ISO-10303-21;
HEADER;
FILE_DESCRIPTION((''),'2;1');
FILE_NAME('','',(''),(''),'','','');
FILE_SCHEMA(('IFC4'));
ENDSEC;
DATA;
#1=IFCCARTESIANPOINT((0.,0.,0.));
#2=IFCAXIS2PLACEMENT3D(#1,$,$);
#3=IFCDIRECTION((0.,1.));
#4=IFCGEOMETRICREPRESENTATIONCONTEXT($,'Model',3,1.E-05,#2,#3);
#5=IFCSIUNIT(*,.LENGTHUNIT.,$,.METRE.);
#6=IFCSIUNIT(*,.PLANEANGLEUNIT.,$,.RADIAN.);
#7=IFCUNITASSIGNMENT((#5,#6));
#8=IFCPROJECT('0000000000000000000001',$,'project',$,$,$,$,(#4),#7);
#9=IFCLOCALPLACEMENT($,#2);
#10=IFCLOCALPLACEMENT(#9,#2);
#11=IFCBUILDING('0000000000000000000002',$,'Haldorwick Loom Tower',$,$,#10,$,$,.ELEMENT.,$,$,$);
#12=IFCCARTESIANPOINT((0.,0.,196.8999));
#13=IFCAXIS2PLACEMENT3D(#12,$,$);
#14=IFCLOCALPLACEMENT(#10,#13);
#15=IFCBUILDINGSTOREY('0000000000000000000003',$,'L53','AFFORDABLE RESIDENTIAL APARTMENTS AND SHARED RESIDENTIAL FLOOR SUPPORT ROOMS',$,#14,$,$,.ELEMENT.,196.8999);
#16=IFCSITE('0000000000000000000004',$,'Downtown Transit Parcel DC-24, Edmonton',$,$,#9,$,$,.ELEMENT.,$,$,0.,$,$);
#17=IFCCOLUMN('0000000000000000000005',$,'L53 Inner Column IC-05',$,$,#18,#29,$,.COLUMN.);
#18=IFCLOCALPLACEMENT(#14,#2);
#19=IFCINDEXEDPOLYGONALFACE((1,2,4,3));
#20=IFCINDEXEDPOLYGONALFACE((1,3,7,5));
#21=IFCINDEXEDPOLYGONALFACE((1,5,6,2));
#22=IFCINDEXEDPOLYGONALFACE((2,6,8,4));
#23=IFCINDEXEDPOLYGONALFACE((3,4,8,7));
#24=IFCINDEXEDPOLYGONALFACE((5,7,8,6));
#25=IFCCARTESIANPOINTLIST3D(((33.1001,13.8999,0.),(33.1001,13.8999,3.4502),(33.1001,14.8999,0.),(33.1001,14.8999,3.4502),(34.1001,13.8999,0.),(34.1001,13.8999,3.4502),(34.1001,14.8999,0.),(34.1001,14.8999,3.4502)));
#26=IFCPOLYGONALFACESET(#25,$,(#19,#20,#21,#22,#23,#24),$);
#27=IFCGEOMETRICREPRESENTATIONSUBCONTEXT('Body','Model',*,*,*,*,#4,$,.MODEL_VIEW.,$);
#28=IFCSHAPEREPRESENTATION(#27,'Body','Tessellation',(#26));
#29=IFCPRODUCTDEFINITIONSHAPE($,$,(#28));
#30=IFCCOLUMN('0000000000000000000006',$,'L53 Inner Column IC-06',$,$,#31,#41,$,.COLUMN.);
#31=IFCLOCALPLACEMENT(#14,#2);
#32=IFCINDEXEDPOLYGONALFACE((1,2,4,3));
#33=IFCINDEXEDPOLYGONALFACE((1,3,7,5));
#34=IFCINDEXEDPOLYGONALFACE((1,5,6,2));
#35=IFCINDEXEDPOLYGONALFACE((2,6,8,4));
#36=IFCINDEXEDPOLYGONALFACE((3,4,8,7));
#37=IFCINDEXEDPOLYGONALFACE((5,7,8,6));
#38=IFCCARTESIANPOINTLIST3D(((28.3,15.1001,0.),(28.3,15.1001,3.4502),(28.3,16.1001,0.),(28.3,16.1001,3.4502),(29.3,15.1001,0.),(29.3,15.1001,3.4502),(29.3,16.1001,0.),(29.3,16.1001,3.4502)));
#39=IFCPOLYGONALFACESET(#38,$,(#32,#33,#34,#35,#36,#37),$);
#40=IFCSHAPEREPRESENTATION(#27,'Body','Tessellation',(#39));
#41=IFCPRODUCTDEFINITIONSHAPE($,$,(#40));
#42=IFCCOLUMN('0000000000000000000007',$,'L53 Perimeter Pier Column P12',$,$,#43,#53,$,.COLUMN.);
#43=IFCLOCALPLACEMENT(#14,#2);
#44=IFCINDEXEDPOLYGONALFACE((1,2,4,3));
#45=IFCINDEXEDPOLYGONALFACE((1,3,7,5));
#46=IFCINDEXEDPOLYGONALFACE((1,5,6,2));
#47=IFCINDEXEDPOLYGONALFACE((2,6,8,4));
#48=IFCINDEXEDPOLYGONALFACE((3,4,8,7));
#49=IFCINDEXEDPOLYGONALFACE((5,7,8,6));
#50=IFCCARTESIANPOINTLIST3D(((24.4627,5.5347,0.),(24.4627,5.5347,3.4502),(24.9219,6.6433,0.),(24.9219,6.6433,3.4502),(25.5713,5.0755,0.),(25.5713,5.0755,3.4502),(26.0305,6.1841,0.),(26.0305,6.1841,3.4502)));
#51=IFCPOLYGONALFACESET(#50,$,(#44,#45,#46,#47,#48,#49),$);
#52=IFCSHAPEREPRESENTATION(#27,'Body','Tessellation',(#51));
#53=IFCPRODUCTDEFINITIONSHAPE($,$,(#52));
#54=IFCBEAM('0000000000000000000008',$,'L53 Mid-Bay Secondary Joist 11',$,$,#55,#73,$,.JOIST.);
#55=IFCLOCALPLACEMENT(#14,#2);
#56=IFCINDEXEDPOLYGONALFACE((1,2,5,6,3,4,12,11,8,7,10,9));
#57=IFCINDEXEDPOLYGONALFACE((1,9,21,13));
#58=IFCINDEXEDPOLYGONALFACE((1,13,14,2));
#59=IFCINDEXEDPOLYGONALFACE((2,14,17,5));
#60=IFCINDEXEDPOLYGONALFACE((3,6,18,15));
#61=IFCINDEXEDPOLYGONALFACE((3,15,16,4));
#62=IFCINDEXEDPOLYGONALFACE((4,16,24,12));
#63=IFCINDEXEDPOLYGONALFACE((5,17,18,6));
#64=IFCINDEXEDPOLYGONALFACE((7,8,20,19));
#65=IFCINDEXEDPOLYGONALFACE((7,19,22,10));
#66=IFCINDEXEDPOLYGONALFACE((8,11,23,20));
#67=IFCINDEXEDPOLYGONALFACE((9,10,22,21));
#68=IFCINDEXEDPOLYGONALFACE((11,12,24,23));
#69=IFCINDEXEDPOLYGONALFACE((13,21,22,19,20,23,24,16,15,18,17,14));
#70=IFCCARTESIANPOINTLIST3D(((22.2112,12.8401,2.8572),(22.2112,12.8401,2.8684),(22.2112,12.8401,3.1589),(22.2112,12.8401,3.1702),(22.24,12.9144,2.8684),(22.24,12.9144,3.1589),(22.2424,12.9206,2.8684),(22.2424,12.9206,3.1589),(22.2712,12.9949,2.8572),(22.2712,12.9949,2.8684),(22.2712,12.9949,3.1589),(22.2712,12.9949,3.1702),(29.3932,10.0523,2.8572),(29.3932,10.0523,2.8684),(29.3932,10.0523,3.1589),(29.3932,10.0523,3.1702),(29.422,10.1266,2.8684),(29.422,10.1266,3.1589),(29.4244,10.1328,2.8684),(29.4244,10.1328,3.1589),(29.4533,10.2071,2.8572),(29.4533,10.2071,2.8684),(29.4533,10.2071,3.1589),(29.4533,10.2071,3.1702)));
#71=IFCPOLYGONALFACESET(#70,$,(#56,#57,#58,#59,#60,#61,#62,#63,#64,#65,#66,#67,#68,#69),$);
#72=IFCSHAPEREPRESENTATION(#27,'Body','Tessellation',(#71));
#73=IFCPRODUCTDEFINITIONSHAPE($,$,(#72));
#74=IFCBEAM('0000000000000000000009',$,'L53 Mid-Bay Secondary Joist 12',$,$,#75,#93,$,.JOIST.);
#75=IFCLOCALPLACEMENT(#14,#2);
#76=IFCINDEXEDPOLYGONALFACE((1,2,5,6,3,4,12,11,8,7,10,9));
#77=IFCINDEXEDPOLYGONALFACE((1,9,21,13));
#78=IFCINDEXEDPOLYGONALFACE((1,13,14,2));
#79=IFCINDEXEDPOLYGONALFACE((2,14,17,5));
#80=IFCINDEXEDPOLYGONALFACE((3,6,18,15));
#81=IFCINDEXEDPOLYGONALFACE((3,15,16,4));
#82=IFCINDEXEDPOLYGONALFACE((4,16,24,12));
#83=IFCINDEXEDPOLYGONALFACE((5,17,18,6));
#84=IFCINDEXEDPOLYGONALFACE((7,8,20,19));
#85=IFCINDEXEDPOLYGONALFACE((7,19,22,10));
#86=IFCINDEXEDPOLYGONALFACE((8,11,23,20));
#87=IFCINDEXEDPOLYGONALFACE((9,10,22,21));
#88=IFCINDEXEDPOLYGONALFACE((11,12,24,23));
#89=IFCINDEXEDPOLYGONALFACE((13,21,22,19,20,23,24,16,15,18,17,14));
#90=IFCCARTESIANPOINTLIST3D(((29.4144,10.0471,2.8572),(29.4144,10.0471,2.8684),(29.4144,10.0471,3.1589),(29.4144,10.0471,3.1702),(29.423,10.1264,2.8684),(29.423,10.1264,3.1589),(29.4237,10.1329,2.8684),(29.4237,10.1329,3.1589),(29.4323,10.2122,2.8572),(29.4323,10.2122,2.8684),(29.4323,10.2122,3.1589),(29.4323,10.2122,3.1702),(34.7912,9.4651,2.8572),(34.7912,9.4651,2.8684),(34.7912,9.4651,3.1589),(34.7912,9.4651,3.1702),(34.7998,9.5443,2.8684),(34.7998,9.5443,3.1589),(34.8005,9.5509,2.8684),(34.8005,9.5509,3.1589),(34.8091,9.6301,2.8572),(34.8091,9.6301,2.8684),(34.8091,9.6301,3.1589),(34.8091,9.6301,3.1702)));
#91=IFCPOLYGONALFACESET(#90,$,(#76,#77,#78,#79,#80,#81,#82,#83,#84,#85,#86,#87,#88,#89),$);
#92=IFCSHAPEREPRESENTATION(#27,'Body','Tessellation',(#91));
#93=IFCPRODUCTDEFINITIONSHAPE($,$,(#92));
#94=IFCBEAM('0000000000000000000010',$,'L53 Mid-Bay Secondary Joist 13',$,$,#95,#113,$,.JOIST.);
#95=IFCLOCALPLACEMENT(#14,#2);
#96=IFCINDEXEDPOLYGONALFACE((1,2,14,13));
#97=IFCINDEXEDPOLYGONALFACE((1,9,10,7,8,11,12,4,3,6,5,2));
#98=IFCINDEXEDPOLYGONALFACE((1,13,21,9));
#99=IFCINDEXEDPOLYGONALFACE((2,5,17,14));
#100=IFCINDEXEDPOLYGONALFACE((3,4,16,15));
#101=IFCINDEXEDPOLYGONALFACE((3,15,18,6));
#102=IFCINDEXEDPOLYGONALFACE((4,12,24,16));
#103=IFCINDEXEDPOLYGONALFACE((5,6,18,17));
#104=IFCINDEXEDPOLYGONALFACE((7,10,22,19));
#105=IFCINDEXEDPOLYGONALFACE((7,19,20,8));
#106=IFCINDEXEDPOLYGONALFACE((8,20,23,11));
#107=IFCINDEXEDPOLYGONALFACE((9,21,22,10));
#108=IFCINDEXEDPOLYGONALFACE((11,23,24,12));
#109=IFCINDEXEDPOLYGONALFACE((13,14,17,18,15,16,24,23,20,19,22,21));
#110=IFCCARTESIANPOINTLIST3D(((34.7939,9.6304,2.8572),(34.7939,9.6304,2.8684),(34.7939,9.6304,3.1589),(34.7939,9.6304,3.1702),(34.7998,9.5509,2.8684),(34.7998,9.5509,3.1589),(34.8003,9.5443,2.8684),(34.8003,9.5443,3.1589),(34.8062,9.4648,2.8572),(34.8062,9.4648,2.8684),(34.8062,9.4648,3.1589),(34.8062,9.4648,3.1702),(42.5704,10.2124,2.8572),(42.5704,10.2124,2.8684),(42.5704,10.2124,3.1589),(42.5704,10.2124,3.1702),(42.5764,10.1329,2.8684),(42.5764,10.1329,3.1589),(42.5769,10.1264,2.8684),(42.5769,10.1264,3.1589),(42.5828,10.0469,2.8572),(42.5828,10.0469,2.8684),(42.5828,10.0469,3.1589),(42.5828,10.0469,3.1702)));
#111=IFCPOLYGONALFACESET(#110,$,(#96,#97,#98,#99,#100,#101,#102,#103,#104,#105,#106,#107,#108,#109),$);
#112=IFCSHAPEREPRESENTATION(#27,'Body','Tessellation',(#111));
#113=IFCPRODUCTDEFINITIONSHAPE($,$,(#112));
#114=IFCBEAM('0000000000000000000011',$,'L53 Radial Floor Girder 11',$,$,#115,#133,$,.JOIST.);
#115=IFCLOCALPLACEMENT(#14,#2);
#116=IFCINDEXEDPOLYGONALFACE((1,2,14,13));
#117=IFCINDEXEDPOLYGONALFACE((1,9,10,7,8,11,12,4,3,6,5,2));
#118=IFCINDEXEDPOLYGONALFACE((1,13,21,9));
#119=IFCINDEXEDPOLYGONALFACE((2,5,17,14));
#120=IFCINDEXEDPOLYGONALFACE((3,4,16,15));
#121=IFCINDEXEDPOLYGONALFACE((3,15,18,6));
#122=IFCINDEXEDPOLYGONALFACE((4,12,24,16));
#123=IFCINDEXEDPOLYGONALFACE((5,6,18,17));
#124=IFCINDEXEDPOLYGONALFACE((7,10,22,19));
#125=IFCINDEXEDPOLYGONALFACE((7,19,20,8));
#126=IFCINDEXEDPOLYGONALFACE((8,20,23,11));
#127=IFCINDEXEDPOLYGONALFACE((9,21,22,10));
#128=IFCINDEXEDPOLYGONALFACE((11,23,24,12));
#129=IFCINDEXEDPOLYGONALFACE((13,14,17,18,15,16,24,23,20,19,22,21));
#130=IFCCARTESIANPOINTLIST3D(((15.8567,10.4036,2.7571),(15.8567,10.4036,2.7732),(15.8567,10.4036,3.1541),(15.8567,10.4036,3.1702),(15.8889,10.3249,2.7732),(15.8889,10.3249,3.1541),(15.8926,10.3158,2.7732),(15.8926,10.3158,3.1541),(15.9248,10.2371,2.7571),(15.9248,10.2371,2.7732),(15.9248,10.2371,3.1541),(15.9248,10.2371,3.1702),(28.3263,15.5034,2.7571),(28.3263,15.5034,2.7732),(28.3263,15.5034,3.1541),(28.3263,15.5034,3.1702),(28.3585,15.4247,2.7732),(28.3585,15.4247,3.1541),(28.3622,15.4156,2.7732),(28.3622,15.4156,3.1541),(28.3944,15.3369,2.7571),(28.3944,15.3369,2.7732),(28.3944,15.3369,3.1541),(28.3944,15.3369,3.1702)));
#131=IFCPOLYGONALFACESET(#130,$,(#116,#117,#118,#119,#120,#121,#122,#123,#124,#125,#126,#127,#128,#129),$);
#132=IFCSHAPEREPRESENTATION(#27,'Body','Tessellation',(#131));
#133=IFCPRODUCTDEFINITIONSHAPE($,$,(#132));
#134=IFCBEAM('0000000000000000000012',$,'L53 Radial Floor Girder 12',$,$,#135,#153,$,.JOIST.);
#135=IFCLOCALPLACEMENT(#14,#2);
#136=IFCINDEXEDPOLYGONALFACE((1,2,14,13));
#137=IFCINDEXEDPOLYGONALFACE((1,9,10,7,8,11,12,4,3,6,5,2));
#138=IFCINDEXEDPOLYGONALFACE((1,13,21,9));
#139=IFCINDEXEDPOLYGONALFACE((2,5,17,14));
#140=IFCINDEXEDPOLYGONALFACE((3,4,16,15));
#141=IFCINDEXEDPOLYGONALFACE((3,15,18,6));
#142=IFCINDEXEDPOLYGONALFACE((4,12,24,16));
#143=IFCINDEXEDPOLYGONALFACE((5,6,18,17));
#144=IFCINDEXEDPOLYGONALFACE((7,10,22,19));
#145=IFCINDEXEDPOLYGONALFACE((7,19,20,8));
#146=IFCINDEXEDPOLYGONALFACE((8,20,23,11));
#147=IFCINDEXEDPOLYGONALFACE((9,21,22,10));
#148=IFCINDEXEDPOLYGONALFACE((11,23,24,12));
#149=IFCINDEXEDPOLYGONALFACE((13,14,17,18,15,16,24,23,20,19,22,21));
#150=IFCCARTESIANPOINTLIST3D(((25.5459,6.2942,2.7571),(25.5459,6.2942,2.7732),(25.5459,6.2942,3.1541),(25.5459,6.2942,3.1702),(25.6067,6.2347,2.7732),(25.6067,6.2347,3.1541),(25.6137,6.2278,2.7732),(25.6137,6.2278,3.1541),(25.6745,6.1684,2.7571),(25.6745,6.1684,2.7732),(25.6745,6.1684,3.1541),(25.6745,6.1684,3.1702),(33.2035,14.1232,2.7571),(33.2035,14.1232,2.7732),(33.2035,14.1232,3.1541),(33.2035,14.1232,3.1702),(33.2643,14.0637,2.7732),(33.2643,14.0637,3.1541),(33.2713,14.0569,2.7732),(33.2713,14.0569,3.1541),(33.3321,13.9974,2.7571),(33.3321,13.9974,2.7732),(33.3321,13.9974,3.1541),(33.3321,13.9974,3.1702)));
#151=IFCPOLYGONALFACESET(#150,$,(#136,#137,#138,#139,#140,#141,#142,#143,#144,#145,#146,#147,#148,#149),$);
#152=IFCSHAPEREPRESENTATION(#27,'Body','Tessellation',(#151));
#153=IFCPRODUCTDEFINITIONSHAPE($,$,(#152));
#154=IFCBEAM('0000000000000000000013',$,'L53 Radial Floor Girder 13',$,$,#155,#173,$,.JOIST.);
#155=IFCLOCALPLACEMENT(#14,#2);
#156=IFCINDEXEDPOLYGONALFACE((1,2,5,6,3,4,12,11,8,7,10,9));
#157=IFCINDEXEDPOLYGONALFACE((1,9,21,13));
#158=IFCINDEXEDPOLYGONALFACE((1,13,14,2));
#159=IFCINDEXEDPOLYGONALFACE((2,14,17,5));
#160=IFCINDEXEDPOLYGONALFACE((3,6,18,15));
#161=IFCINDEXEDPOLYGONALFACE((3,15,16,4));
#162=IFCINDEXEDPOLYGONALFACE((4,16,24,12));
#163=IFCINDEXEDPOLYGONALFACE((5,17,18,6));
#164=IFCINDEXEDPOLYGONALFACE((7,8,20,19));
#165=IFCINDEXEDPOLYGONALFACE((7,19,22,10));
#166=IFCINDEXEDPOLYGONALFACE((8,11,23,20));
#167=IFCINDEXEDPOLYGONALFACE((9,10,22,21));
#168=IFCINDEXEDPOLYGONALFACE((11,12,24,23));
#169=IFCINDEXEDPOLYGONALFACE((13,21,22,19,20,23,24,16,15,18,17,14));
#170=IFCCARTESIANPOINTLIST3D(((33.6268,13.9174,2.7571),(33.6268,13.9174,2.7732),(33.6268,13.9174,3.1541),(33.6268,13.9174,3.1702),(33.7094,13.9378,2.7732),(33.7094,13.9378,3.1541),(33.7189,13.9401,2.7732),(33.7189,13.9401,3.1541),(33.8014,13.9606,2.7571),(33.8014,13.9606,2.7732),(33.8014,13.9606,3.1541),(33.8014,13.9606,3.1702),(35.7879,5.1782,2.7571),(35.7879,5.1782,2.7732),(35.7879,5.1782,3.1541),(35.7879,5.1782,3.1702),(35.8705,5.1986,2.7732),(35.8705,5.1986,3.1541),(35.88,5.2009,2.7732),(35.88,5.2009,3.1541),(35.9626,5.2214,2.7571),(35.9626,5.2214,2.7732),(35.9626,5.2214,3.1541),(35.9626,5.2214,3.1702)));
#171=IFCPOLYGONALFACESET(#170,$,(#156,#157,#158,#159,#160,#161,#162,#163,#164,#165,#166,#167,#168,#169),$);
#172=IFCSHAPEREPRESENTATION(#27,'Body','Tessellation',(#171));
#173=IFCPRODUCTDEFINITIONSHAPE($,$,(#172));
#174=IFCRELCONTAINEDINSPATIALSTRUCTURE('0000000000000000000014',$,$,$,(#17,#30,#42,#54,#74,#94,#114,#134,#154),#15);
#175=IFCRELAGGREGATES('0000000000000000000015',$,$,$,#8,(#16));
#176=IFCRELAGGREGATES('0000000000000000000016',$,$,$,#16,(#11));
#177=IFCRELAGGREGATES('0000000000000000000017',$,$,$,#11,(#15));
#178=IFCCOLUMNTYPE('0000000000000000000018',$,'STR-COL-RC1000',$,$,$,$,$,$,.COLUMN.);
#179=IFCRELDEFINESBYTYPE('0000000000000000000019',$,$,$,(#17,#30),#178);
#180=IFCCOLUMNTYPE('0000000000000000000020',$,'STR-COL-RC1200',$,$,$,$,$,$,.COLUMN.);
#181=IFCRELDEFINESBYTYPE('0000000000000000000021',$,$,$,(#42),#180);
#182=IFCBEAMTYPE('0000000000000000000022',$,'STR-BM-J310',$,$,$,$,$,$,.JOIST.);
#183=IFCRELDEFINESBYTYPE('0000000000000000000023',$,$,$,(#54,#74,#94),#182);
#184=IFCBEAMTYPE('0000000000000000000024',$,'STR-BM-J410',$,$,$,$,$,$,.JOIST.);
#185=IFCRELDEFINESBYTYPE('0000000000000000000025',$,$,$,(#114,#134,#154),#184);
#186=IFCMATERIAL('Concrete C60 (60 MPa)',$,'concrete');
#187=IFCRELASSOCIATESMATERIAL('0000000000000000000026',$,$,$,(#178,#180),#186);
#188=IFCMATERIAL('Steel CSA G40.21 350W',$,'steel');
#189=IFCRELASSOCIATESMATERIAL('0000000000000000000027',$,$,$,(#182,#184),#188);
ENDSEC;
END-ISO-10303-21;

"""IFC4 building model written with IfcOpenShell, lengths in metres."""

from ifc_helpers import new_model, si_unit, direction, frame, origin, origin_2d, place, context, subcontext, project, spatial, rectangle, i_section, extrude, material, material_profile, profile_set, type_object, element, save


model = new_model("IFC4")

# Units and contexts
model_context = context("Model", 3, precision=1e-05, world=origin(), true_north=direction((0.0, 1.0)))
body_context = subcontext(model_context, "Body", "Model", "MODEL_VIEW")
ifc_project = project(units=[si_unit("LENGTHUNIT", "METRE"), si_unit("PLANEANGLEUNIT", "RADIAN")], contexts=[model_context])

# Site, building, storey
site_placement = place(None, origin())
site = spatial("IfcSite", under=ifc_project, at=site_placement, Name="Downtown Transit Parcel DC-24, Edmonton", CompositionType="ELEMENT", RefElevation=0.0)
building_placement = place(site_placement, origin())
building = spatial("IfcBuilding", under=site, at=building_placement, Name="Haldorwick Loom Tower", CompositionType="ELEMENT")
storey_placement = place(building_placement, frame((0.0, 0.0, 196.8999)))
storey = spatial("IfcBuildingStorey", under=building, at=storey_placement, Name="L53", Description="AFFORDABLE RESIDENTIAL APARTMENTS AND SHARED RESIDENTIAL FLOOR SUPPORT ROOMS", CompositionType="ELEMENT", Elevation=196.8999)

# Columns
ifc_material_1 = material(Name="Concrete C60 (60 MPa)", Category="concrete")
ifc_material_profile_1 = material_profile(ifc_material_1, rectangle(XDim=1.0, YDim=1.0, at=origin_2d()), Name="RC1000X1000", Category="concrete")
ifc_profile_set_1 = profile_set([ifc_material_profile_1], Name="Concrete C60 (60 MPa)")
column_type_1 = type_object("IfcColumnType", Name="STR-COL-RC1000", PredefinedType="COLUMN", material=ifc_profile_set_1)
for number, where, z_axis, x_axis, name in (
    (1, (33.6001, 14.3999, 0.0), (0.0, 0.0, 1.0), (1.0, 0.0, 0.0), "L53 Inner Column IC-05"),
    (2, (28.8, 15.6001, 0.0), (0.0, 0.0, 1.0), (1.0, 0.0, 0.0), "L53 Inner Column IC-06"),
):
    element("IfcColumn", number, at=place(storey_placement, frame(where, z_axis=z_axis, x_axis=x_axis)), inside=storey, type_object=column_type_1, Name=name, PredefinedType="COLUMN", context=body_context, shape_type="SweptSolid", body=[
        extrude(rectangle(XDim=1.0, YDim=1.0, at=origin_2d()), origin(), (0.0, 0.0, 1.0), 3.4502),
    ])
ifc_material_profile_2 = material_profile(ifc_material_1, rectangle(XDim=1.2, YDim=1.2, at=origin_2d()), Name="RC1200X1200", Category="concrete")
ifc_profile_set_2 = profile_set([ifc_material_profile_2], Name="Concrete C60 (60 MPa)")
column_type_2 = type_object("IfcColumnType", Name="STR-COL-RC1200", PredefinedType="COLUMN", material=ifc_profile_set_2)
column_placement = place(storey_placement, frame((25.2466, 5.8594, 0.0), z_axis=(0.0, 0.0, 1.0), x_axis=(-0.382683, -0.92388, 0.0)))
element("IfcColumn", 3, at=column_placement, inside=storey, type_object=column_type_2, Name="L53 Perimeter Pier Column P12", PredefinedType="COLUMN", context=body_context, shape_type="SweptSolid", body=[
    extrude(rectangle(XDim=1.2, YDim=1.2, at=origin_2d()), origin(), (0.0, 0.0, 1.0), 3.4502),
])

# Beams
ifc_material_2 = material(Name="Steel CSA G40.21 350W", Category="steel")
ifc_material_profile_3 = material_profile(ifc_material_2, i_section(OverallWidth=0.166, OverallDepth=0.313, WebThickness=0.0066, FlangeThickness=0.0112, at=origin_2d()), Name="W310X45", Category="steel")
ifc_profile_set_3 = profile_set([ifc_material_profile_3], Name="Steel CSA G40.21 350W")
beam_type_1 = type_object("IfcBeamType", Name="STR-BM-J310", PredefinedType="JOIST", material=ifc_profile_set_3)
beam_1_placement = place(storey_placement, frame((22.2412, 12.9175, 3.0137), z_axis=(0.932233, -0.361859, 0.0), x_axis=(0.361859, 0.932233, 0.0)))
element("IfcBeam", 4, at=beam_1_placement, inside=storey, type_object=beam_type_1, Name="L53 Mid-Bay Secondary Joist 11", PredefinedType="JOIST", context=body_context, shape_type="SweptSolid", body=[
    extrude(i_section(OverallWidth=0.166, OverallDepth=0.313, WebThickness=0.0066, FlangeThickness=0.0112, at=origin_2d()), origin(), (0.0, 0.0, 1.0), 7.7041),
])
beam_2_placement = place(storey_placement, frame((29.4233, 10.1296, 3.0137), z_axis=(0.994192, -0.107622, 0.0), x_axis=(0.107622, 0.994192, 0.0)))
element("IfcBeam", 5, at=beam_2_placement, inside=storey, type_object=beam_type_1, Name="L53 Mid-Bay Secondary Joist 12", PredefinedType="JOIST", context=body_context, shape_type="SweptSolid", body=[
    extrude(i_section(OverallWidth=0.166, OverallDepth=0.313, WebThickness=0.0066, FlangeThickness=0.0112, at=origin_2d()), origin(), (0.0, 0.0, 1.0), 5.4082),
])
beam_3_placement = place(storey_placement, frame((34.8, 9.5476, 3.0137), z_axis=(0.997211, 0.074635, 0.0), x_axis=(-0.074635, 0.997211, 0.0)))
element("IfcBeam", 6, at=beam_3_placement, inside=storey, type_object=beam_type_1, Name="L53 Mid-Bay Secondary Joist 13", PredefinedType="JOIST", context=body_context, shape_type="SweptSolid", body=[
    extrude(i_section(OverallWidth=0.166, OverallDepth=0.313, WebThickness=0.0066, FlangeThickness=0.0112, at=origin_2d()), origin(), (0.0, 0.0, 1.0), 7.7983),
])
ifc_material_profile_4 = material_profile(ifc_material_2, i_section(OverallWidth=0.1799, OverallDepth=0.4131, WebThickness=0.0098, FlangeThickness=0.0161, at=origin_2d()), Name="W410X74", Category="steel")
ifc_profile_set_4 = profile_set([ifc_material_profile_4], Name="Steel CSA G40.21 350W")
beam_type_2 = type_object("IfcBeamType", Name="STR-BM-J410", PredefinedType="JOIST", material=ifc_profile_set_4)
beam_4_placement = place(storey_placement, frame((28.3604, 15.4202, 2.9636), z_axis=(-0.925583, -0.378544, 0.0), x_axis=(0.378544, -0.925583, 0.0)))
element("IfcBeam", 7, at=beam_4_placement, inside=storey, type_object=beam_type_2, Name="L53 Radial Floor Girder 11", PredefinedType="JOIST", context=body_context, shape_type="SweptSolid", body=[
    extrude(i_section(OverallWidth=0.1799, OverallDepth=0.4131, WebThickness=0.0098, FlangeThickness=0.0161, at=origin_2d()), origin(), (0.0, 0.0, 1.0), 13.4722),
])
beam_5_placement = place(storey_placement, frame((33.2678, 14.0603, 2.9636), z_axis=(-0.699239, -0.714888, 0.0), x_axis=(0.714888, -0.699239, 0.0)))
element("IfcBeam", 8, at=beam_5_placement, inside=storey, type_object=beam_type_2, Name="L53 Radial Floor Girder 12", PredefinedType="JOIST", context=body_context, shape_type="SweptSolid", body=[
    extrude(i_section(OverallWidth=0.1799, OverallDepth=0.4131, WebThickness=0.0098, FlangeThickness=0.0161, at=origin_2d()), origin(), (0.0, 0.0, 1.0), 10.9514),
])
beam_6_placement = place(storey_placement, frame((33.7141, 13.939, 2.9636), z_axis=(0.240059, -0.970758, 0.0), x_axis=(0.970758, 0.240059, 0.0)))
element("IfcBeam", 9, at=beam_6_placement, inside=storey, type_object=beam_type_2, Name="L53 Radial Floor Girder 13", PredefinedType="JOIST", context=body_context, shape_type="SweptSolid", body=[
    extrude(i_section(OverallWidth=0.1799, OverallDepth=0.4131, WebThickness=0.0098, FlangeThickness=0.0161, at=origin_2d()), origin(), (0.0, 0.0, 1.0), 9.0024),
])

save(model, "model.ifc")
